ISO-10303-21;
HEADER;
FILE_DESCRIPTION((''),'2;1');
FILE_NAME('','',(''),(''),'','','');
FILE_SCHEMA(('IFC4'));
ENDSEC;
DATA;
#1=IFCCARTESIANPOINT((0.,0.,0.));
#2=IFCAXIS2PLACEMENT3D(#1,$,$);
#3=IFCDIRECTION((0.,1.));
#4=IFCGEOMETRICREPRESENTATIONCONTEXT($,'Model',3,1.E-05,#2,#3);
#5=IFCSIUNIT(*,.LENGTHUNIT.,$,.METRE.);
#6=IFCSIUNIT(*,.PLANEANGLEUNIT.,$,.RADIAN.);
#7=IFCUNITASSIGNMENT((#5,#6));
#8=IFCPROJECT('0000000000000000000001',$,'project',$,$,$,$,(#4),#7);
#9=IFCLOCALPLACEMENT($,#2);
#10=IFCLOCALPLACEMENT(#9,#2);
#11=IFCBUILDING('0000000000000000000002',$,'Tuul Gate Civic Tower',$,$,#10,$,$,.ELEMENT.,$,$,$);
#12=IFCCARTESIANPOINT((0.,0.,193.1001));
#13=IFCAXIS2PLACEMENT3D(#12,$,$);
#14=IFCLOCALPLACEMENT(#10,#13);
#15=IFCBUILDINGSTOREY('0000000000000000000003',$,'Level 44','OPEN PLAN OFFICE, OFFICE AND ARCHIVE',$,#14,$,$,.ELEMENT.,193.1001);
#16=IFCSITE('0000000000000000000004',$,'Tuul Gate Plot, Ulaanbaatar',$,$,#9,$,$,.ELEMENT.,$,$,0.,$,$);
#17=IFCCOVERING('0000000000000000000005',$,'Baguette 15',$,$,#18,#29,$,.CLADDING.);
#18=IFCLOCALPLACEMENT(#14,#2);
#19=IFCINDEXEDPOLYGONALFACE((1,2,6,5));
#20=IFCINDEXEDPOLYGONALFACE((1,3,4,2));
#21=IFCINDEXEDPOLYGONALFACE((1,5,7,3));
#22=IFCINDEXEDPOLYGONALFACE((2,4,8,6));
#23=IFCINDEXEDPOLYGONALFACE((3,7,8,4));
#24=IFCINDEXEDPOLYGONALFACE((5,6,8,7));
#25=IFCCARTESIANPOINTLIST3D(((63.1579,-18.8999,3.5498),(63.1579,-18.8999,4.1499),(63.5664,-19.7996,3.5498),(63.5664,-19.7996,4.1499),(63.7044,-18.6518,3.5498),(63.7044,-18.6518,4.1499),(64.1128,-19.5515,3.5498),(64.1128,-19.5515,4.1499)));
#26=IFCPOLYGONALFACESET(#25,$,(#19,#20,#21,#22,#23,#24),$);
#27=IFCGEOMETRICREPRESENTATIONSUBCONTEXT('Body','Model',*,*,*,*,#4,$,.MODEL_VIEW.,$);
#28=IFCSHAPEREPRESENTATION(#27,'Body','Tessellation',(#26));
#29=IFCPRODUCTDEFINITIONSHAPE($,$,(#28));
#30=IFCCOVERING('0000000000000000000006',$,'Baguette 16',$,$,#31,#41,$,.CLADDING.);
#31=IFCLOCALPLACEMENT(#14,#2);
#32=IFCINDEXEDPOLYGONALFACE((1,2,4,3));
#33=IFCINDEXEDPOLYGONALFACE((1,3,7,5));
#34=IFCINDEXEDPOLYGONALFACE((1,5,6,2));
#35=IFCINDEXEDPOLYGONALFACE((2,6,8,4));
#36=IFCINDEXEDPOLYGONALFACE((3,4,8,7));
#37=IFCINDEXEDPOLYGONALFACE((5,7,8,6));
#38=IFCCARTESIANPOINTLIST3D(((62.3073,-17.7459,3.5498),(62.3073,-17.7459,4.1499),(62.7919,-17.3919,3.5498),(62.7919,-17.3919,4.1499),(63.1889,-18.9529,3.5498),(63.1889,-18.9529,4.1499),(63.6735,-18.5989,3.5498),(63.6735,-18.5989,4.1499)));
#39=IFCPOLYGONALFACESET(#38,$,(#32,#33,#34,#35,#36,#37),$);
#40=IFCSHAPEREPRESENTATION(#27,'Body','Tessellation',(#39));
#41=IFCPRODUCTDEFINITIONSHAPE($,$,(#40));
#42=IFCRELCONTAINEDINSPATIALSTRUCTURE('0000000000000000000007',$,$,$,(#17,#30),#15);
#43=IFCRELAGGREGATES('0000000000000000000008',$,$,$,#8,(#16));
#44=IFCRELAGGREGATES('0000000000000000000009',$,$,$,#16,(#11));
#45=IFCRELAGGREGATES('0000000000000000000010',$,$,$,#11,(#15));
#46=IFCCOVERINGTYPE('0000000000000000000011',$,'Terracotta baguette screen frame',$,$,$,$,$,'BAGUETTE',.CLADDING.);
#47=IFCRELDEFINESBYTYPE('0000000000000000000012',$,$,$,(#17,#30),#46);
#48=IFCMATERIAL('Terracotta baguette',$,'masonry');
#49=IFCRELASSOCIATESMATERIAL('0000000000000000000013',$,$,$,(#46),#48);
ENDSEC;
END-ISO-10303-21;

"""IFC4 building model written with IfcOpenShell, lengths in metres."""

from ifc_helpers import new_model, si_unit, direction, frame, origin, origin_2d, place, context, subcontext, project, spatial, rectangle, extrude, material, material_profile, profile_set, type_object, element, save


model = new_model("IFC4")

# Units and contexts
model_context = context("Model", 3, precision=1e-05, world=origin(), true_north=direction((0.0, 1.0)))
body_context = subcontext(model_context, "Body", "Model", "MODEL_VIEW")
ifc_project = project(units=[si_unit("LENGTHUNIT", "METRE"), si_unit("PLANEANGLEUNIT", "RADIAN")], contexts=[model_context])

# Site, building, storey
site_placement = place(None, origin())
site = spatial("IfcSite", under=ifc_project, at=site_placement, Name="Tuul Gate Plot, Ulaanbaatar", CompositionType="ELEMENT", RefElevation=0.0)
building_placement = place(site_placement, origin())
building = spatial("IfcBuilding", under=site, at=building_placement, Name="Tuul Gate Civic Tower", CompositionType="ELEMENT")
storey_placement = place(building_placement, frame((0.0, 0.0, 193.1001)))
storey = spatial("IfcBuildingStorey", under=building, at=storey_placement, Name="Level 44", Description="OPEN PLAN OFFICE, OFFICE AND ARCHIVE", CompositionType="ELEMENT", Elevation=193.1001)

# Coverings
ifc_material_1 = material(Name="Terracotta baguette", Category="masonry")
ifc_material_profile_1 = material_profile(ifc_material_1, rectangle(XDim=0.6001, YDim=0.6001, at=origin_2d()), Name="Terracotta baguette screen frame")
ifc_profile_set_1 = profile_set([ifc_material_profile_1], Name="Terracotta baguette")
covering_type = type_object("IfcCoveringType", Name="Terracotta baguette screen frame", ElementType="BAGUETTE", PredefinedType="CLADDING", material=ifc_profile_set_1)
covering_1_placement = place(storey_placement, frame((63.8396, -19.6755, 3.8499), z_axis=(-0.413393, 0.910553, 0.0), x_axis=(-0.910553, -0.413393, 0.0)))
element("IfcCovering", 1, at=covering_1_placement, inside=storey, type_object=covering_type, Name="Baguette 15", PredefinedType="CLADDING", context=body_context, shape_type="SweptSolid", body=[
    extrude(rectangle(XDim=0.6001, YDim=0.6001, at=origin_2d()), origin(), (0.0, 0.0, 1.0), 0.988),
])
covering_2_placement = place(storey_placement, frame((63.4312, -18.7759, 3.8499), z_axis=(-0.589812, 0.807541, 0.0), x_axis=(-0.807541, -0.589812, 0.0)))
element("IfcCovering", 2, at=covering_2_placement, inside=storey, type_object=covering_type, Name="Baguette 16", PredefinedType="CLADDING", context=body_context, shape_type="SweptSolid", body=[
    extrude(rectangle(XDim=0.6001, YDim=0.6001, at=origin_2d()), origin(), (0.0, 0.0, 1.0), 1.4946),
])

save(model, "model.ifc")
